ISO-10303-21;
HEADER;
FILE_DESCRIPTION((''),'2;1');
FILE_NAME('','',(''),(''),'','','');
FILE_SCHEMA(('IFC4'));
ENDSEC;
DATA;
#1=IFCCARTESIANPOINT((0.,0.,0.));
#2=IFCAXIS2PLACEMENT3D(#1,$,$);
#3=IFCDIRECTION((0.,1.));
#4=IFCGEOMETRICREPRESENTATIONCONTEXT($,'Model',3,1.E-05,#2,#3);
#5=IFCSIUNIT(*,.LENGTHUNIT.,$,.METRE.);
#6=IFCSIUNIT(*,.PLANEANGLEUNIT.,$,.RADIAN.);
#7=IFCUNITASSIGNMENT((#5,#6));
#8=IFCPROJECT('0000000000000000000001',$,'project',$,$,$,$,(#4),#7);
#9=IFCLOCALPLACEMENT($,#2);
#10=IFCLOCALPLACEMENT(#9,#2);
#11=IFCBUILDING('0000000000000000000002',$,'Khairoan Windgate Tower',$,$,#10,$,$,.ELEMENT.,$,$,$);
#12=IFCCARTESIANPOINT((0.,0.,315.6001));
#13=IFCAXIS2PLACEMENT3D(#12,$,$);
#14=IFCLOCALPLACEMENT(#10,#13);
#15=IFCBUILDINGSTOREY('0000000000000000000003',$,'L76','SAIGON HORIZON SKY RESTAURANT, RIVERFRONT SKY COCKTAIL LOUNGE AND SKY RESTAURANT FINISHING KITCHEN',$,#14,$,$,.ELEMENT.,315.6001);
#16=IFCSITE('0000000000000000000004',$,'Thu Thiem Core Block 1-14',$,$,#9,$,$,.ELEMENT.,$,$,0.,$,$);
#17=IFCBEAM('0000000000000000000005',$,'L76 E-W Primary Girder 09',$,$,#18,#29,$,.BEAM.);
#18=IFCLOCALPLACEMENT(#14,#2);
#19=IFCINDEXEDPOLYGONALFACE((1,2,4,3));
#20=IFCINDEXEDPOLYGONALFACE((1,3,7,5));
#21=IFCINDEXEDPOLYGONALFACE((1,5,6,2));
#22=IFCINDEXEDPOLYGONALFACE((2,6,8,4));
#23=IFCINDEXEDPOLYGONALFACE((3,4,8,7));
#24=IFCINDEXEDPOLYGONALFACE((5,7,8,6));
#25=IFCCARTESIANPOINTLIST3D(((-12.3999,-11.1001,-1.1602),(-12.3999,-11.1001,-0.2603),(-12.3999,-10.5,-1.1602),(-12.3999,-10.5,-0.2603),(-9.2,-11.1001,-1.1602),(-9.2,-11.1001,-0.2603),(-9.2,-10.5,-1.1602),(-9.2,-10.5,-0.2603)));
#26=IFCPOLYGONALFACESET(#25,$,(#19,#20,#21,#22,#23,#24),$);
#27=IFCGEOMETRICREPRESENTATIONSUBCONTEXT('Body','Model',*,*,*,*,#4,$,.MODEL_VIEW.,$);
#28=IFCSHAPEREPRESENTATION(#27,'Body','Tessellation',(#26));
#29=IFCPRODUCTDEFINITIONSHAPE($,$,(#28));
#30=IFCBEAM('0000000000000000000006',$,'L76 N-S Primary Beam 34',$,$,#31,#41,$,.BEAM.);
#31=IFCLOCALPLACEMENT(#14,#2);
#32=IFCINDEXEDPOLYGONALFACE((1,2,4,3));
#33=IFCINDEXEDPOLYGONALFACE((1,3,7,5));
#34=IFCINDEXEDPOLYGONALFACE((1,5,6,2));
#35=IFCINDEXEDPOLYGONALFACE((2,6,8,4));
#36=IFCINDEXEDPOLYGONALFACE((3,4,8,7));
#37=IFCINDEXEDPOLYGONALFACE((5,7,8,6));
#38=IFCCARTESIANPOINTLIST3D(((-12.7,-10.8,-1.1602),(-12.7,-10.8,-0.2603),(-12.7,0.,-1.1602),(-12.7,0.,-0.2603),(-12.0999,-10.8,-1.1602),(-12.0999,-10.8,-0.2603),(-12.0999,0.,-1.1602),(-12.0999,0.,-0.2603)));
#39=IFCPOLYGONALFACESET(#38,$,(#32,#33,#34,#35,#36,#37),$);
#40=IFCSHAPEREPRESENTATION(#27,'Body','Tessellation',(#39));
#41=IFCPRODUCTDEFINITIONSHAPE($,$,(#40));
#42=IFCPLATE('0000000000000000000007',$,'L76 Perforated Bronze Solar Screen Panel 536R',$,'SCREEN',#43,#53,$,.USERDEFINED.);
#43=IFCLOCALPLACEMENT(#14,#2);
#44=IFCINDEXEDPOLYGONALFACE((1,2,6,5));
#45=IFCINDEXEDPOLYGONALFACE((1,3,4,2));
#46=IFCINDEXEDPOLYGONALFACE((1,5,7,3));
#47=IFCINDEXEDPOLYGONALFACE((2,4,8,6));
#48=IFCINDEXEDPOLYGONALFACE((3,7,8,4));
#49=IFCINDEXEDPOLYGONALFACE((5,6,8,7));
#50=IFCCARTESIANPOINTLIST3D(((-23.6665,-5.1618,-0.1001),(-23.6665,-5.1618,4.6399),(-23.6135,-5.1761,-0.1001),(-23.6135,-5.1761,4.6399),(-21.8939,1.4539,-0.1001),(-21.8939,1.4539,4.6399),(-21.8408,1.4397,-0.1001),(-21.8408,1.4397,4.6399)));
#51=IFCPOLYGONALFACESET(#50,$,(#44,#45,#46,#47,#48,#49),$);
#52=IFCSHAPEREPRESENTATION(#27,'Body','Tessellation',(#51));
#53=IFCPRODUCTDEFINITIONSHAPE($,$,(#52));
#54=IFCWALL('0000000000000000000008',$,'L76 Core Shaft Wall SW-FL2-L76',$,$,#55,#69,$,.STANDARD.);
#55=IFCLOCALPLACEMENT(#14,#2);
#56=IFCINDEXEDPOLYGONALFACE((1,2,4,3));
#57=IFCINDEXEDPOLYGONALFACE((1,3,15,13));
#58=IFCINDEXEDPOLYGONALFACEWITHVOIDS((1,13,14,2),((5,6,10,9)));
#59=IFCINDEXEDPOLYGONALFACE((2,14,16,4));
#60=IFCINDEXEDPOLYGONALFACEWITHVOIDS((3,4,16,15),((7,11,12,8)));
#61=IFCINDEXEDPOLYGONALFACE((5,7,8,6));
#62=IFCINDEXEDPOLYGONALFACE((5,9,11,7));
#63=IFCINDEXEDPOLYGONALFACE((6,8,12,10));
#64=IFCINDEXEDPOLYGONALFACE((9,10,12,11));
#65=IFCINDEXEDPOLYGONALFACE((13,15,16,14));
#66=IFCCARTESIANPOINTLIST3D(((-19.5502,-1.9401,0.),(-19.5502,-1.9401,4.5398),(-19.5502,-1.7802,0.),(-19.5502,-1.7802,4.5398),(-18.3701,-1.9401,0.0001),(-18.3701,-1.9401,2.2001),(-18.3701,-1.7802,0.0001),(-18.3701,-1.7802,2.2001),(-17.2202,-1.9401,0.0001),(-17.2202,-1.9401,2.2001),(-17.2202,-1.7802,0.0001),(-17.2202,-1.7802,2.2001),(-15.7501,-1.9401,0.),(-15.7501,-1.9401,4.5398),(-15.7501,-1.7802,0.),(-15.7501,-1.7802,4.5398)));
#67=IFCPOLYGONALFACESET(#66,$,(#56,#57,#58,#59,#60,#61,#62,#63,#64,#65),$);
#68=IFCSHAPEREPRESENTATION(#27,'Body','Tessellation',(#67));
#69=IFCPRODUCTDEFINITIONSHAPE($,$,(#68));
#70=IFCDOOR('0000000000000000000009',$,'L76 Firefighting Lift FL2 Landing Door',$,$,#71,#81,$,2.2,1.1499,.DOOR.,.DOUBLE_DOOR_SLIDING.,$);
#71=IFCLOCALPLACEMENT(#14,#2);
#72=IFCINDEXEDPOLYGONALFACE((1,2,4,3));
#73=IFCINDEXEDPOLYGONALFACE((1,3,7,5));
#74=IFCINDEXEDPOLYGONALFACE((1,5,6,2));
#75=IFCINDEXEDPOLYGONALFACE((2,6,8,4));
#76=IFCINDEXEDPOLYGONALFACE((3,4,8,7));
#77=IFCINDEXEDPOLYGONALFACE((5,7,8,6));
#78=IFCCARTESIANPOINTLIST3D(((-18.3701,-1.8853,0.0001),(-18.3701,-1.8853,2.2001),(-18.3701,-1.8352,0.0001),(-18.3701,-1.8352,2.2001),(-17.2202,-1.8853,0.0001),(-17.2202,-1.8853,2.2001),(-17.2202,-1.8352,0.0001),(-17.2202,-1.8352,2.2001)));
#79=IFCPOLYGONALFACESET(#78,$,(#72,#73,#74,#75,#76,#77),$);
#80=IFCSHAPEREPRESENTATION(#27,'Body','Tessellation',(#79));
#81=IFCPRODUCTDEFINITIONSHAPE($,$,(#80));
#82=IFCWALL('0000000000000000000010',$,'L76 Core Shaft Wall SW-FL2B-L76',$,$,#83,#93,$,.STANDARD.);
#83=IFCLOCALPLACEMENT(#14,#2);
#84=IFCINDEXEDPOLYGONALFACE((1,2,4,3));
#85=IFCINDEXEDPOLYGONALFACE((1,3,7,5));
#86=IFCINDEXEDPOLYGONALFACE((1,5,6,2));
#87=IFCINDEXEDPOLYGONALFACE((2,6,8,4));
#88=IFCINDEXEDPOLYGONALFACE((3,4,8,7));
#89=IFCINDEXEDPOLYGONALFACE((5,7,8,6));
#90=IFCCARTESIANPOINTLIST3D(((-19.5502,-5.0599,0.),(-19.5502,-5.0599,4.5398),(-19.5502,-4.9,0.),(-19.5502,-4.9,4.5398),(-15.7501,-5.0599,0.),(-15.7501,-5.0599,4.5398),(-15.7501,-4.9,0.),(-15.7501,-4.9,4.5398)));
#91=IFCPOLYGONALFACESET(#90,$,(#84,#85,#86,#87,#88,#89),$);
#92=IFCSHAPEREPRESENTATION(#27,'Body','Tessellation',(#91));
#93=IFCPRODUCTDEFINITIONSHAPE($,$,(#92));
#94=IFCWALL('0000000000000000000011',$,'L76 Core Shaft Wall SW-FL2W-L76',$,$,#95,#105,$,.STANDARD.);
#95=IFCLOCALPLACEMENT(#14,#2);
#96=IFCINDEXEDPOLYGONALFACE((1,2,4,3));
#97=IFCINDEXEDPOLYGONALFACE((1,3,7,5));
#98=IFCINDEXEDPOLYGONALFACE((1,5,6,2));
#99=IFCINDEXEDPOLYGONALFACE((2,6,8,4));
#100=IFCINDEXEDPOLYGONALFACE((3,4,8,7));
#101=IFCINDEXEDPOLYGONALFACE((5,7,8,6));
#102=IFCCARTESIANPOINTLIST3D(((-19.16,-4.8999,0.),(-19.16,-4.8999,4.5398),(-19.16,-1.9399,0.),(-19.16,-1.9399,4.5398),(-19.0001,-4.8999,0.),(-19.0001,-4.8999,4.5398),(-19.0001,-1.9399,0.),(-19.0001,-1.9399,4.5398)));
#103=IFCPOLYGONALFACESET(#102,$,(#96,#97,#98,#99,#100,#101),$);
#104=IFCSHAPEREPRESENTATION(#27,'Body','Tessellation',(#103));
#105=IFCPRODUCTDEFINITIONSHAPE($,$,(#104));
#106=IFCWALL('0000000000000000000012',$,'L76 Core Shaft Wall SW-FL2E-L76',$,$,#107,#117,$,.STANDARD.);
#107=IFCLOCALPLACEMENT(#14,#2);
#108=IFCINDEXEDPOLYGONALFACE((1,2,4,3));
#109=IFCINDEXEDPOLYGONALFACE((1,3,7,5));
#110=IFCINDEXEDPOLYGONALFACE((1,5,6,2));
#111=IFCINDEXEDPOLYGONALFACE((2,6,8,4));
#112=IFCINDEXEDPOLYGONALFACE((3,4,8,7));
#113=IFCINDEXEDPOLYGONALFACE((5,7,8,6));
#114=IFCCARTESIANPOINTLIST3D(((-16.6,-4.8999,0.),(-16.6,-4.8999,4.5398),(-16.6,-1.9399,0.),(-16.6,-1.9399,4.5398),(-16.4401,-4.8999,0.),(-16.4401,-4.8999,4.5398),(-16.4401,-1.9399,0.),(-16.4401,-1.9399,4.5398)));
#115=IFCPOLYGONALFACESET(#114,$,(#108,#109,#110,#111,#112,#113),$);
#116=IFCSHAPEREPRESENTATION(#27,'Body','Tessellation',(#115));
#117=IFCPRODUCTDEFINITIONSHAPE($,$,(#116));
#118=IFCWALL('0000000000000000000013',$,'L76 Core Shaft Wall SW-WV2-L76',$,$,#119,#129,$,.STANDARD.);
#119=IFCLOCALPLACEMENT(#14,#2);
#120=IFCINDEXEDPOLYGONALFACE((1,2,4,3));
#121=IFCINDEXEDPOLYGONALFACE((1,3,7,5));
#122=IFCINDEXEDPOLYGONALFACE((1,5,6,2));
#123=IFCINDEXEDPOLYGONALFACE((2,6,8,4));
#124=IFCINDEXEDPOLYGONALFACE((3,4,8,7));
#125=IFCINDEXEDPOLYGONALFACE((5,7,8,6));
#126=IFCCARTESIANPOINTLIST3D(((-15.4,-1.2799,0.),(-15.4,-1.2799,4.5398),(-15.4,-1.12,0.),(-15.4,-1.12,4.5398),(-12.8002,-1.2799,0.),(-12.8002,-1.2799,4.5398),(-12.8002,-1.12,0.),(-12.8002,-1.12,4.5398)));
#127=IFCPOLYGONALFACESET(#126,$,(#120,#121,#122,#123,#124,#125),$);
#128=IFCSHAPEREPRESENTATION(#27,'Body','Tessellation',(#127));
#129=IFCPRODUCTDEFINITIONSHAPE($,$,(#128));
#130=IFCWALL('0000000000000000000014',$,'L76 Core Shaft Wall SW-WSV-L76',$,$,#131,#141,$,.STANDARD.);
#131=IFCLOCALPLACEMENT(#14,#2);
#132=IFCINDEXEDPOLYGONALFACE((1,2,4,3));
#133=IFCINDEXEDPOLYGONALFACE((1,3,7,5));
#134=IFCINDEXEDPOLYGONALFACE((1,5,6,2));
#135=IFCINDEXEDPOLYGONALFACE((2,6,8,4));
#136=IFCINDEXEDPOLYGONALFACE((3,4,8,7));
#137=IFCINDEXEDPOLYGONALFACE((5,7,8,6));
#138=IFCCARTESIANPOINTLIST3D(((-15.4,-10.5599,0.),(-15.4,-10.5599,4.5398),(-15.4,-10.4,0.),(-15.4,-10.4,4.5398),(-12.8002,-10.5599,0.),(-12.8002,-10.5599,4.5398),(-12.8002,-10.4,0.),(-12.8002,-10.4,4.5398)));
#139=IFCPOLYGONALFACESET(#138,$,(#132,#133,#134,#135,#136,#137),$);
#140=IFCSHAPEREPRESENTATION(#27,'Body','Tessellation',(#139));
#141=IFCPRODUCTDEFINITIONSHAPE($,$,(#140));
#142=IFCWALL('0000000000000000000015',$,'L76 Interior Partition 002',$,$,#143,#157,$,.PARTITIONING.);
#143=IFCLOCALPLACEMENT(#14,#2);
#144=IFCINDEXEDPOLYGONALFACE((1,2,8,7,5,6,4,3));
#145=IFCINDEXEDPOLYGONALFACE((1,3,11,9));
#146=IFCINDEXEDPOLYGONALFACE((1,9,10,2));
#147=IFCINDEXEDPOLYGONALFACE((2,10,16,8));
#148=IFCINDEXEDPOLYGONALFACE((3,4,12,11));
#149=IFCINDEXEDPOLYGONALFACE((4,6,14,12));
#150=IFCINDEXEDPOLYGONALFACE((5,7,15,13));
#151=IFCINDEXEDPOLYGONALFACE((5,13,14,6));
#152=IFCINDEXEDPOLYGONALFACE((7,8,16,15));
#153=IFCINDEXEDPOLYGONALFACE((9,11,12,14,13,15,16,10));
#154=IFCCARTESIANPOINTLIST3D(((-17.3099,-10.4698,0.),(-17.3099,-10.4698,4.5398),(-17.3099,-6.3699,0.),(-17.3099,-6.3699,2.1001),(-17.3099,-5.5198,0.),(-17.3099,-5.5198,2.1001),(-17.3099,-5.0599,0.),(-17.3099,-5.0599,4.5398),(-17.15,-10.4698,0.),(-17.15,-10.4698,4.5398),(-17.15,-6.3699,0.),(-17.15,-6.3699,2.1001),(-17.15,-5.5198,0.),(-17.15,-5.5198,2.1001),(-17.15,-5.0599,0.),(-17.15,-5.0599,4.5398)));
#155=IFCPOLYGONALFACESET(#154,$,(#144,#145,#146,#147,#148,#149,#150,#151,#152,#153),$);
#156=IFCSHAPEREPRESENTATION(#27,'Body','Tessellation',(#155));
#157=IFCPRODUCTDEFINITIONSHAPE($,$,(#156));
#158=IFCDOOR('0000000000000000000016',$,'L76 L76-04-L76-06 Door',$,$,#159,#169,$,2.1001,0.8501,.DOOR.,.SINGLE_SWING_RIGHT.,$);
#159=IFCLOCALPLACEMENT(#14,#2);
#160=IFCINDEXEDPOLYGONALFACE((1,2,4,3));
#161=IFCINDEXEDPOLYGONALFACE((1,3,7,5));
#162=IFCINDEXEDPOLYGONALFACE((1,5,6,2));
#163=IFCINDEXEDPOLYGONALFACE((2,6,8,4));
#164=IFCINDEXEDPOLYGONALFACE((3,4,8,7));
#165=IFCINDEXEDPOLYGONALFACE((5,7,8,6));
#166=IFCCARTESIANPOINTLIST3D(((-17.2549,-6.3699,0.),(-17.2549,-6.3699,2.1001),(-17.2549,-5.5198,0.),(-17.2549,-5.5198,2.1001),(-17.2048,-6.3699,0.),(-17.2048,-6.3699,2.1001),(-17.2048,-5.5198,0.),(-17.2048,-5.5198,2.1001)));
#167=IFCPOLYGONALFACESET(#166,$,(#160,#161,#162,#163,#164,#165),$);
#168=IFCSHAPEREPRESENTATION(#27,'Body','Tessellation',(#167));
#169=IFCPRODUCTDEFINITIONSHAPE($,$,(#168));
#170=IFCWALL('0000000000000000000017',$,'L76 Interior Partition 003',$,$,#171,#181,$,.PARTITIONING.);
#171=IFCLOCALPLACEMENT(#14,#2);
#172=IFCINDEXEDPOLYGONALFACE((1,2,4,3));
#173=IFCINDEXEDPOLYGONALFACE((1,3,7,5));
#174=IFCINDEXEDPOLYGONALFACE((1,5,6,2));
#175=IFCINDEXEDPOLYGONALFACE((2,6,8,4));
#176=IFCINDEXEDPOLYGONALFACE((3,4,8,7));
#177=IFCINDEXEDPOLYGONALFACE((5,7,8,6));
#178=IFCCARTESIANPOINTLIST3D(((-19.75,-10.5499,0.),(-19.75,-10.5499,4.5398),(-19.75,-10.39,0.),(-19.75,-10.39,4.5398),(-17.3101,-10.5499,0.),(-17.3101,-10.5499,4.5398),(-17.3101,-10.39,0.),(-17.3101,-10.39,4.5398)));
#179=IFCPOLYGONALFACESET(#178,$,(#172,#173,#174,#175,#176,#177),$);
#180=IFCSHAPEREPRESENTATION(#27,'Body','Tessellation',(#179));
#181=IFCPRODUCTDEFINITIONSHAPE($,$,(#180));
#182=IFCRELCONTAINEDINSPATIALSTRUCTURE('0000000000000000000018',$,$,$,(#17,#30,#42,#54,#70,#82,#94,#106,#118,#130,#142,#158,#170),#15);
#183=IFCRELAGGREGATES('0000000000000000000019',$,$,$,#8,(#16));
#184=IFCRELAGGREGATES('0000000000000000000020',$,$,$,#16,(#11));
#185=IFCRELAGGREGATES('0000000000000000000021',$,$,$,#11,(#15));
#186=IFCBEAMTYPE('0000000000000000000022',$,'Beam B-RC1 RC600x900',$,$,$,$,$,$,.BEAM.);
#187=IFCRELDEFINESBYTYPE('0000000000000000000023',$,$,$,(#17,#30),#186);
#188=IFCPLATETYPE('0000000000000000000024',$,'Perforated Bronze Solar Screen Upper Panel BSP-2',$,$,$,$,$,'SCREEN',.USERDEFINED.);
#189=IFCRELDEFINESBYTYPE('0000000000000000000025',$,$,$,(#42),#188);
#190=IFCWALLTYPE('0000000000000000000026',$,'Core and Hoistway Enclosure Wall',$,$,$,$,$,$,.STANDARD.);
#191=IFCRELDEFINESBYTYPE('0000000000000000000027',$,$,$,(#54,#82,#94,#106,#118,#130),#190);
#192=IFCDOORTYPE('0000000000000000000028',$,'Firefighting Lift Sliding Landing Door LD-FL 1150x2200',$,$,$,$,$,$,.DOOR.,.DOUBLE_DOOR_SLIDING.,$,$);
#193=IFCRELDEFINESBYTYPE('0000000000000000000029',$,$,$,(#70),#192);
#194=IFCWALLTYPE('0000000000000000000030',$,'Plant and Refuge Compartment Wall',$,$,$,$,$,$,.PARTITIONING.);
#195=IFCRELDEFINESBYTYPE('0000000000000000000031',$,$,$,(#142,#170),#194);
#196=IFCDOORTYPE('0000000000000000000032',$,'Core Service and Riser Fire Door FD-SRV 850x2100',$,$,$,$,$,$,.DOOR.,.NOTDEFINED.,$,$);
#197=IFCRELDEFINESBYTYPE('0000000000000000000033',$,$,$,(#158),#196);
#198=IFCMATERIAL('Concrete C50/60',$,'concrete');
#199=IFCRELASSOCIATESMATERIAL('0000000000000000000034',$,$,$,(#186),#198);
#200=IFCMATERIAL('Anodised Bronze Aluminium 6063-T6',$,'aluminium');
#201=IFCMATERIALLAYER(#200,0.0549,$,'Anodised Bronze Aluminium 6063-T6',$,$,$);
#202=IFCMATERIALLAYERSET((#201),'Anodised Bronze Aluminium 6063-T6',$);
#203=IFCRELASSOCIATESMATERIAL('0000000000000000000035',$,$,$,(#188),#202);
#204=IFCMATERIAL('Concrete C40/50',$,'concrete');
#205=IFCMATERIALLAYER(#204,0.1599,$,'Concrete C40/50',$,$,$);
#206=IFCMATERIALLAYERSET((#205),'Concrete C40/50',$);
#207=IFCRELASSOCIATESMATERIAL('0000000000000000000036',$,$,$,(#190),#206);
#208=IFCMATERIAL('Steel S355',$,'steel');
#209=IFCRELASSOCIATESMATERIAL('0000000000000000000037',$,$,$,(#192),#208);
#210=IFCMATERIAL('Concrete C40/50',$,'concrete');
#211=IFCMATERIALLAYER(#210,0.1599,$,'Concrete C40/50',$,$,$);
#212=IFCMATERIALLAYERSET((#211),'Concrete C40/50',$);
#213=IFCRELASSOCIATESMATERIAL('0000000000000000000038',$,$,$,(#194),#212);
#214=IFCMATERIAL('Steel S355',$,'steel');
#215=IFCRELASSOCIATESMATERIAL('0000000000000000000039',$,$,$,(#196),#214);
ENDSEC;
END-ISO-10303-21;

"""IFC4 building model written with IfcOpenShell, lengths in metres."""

from ifc_helpers import new_model, si_unit, direction, frame, frame_2d, origin, origin_2d, place, context, subcontext, project, spatial, rectangle, extrude, material, layer, layer_set, material_profile, profile_set, type_object, element, fill, save


model = new_model("IFC4")

# Units and contexts
model_context = context("Model", 3, precision=1e-05, world=origin(), true_north=direction((0.0, 1.0)))
body_context = subcontext(model_context, "Body", "Model", "MODEL_VIEW")
ifc_project = project(units=[si_unit("LENGTHUNIT", "METRE"), si_unit("PLANEANGLEUNIT", "RADIAN")], contexts=[model_context])

# Site, building, storey
site_placement = place(None, origin())
site = spatial("IfcSite", under=ifc_project, at=site_placement, Name="Thu Thiem Core Block 1-14", CompositionType="ELEMENT", RefElevation=0.0)
building_placement = place(site_placement, origin())
building = spatial("IfcBuilding", under=site, at=building_placement, Name="Khairoan Windgate Tower", CompositionType="ELEMENT")
storey_placement = place(building_placement, frame((0.0, 0.0, 315.6001)))
storey = spatial("IfcBuildingStorey", under=building, at=storey_placement, Name="L76", Description="SAIGON HORIZON SKY RESTAURANT, RIVERFRONT SKY COCKTAIL LOUNGE AND SKY RESTAURANT FINISHING KITCHEN", CompositionType="ELEMENT", Elevation=315.6001)

# Beams
ifc_material_1 = material(Name="Concrete C50/60", Category="concrete")
ifc_material_profile = material_profile(ifc_material_1, rectangle(XDim=0.6001, YDim=0.8999, at=origin_2d()))
ifc_profile_set = profile_set([ifc_material_profile], Name="Concrete C50/60")
beam_type = type_object("IfcBeamType", Name="Beam B-RC1 RC600x900", PredefinedType="BEAM", material=ifc_profile_set)
beam_1_placement = place(storey_placement, frame((-12.3999, -10.8, -0.7102), z_axis=(1.0, 0.0, 0.0), x_axis=(0.0, 1.0, 0.0)))
element("IfcBeam", 1, at=beam_1_placement, inside=storey, type_object=beam_type, Name="L76 E-W Primary Girder 09", PredefinedType="BEAM", context=body_context, shape_type="SweptSolid", body=[
    extrude(rectangle(XDim=0.6001, YDim=0.8999, at=origin_2d()), origin(), (0.0, 0.0, 1.0), 3.2),
])
beam_2_placement = place(storey_placement, frame((-12.3999, -10.8, -0.7102), z_axis=(0.0, 1.0, 0.0), x_axis=(-1.0, 0.0, 0.0)))
element("IfcBeam", 2, at=beam_2_placement, inside=storey, type_object=beam_type, Name="L76 N-S Primary Beam 34", PredefinedType="BEAM", context=body_context, shape_type="SweptSolid", body=[
    extrude(rectangle(XDim=0.6001, YDim=0.8999, at=origin_2d()), origin(), (0.0, 0.0, 1.0), 10.8),
])

# Plate
ifc_material_2 = material(Name="Anodised Bronze Aluminium 6063-T6", Category="aluminium")
ifc_layer_1 = layer(ifc_material_2, 0.0549, Name="Anodised Bronze Aluminium 6063-T6")
ifc_layer_set_1 = layer_set([ifc_layer_1], Name="Anodised Bronze Aluminium 6063-T6")
plate_type = type_object("IfcPlateType", Name="Perforated Bronze Solar Screen Upper Panel BSP-2", ElementType="SCREEN", PredefinedType="USERDEFINED", material=ifc_layer_set_1)
plate_placement = place(storey_placement, frame((-22.7537, -1.8611, -0.1001), z_axis=(0.0, 0.0, 1.0), x_axis=(0.258819, 0.965926, 0.0)))
element("IfcPlate", 3, at=plate_placement, inside=storey, type_object=plate_type, Name="L76 Perforated Bronze Solar Screen Panel 536R", ObjectType="SCREEN", PredefinedType="USERDEFINED", context=body_context, shape_type="SweptSolid", body=[
    extrude(rectangle(XDim=6.8491, YDim=0.0549, at=origin_2d()), origin(), (0.0, 0.0, 1.0), 4.74),
])

# Wall, opening, door
ifc_material_3 = material(Name="Concrete C40/50", Category="concrete")
ifc_layer_2 = layer(ifc_material_3, 0.1599, Name="Concrete C40/50")
ifc_layer_set_2 = layer_set([ifc_layer_2], Name="Concrete C40/50")
wall_type_1 = type_object("IfcWallType", Name="Core and Hoistway Enclosure Wall", PredefinedType="STANDARD", material=ifc_layer_set_2)
wall_1_placement = place(storey_placement, frame((-19.55, -1.8601, 0.0), z_axis=(0.0, 0.0, 1.0), x_axis=(1.0, 0.0, 0.0)))
wall_1 = element("IfcWall", 4, at=wall_1_placement, inside=storey, type_object=wall_type_1, Name="L76 Core Shaft Wall SW-FL2-L76", PredefinedType="STANDARD", context=body_context, shape_type="SweptSolid", body=[
    extrude(rectangle(XDim=3.8, YDim=0.1599, at=frame_2d((1.8999, 0.0))), origin(), (0.0, 0.0, 1.0), 4.5398),
])
opening_1_placement = place(wall_1_placement, frame((1.1799, 0.0, 0.0)))
opening_1 = element("IfcOpeningElement", 5, at=opening_1_placement, cuts=wall_1, PredefinedType="OPENING", context=body_context, shape_type="SweptSolid", body=[
    extrude(rectangle(XDim=1.1499, YDim=2.2, at=frame_2d((0.575, 1.1001))), frame((0.0, 0.0898, 0.0), z_axis=(0.0, -1.0, 0.0), x_axis=(1.0, 0.0, 0.0)), (0.0, 0.0, 1.0), 0.1799),
])
ifc_material_4 = material(Name="Steel S355", Category="steel")
door_type_1 = type_object("IfcDoorType", Name="Firefighting Lift Sliding Landing Door LD-FL 1150x2200", OperationType="DOUBLE_DOOR_SLIDING", PredefinedType="DOOR", material=ifc_material_4)
door_1_placement = place(opening_1_placement, origin())
door_1 = element("IfcDoor", 6, at=door_1_placement, inside=storey, type_object=door_type_1, Name="L76 Firefighting Lift FL2 Landing Door", OperationType="DOUBLE_DOOR_SLIDING", OverallHeight=2.2, OverallWidth=1.1499, PredefinedType="DOOR", context=body_context, shape_type="SweptSolid", body=[
    extrude(rectangle(XDim=1.1499, YDim=2.2, at=frame_2d((0.575, 1.1001))), frame((0.0, 0.0249, 0.0), z_axis=(0.0, -1.0, 0.0), x_axis=(1.0, 0.0, 0.0)), (0.0, 0.0, 1.0), 0.05),
])
fill(opening_1, door_1)

# Walls
wall_2_placement = place(storey_placement, frame((-19.55, -4.98, 0.0), z_axis=(0.0, 0.0, 1.0), x_axis=(1.0, 0.0, 0.0)))
element("IfcWall", 7, at=wall_2_placement, inside=storey, type_object=wall_type_1, Name="L76 Core Shaft Wall SW-FL2B-L76", PredefinedType="STANDARD", context=body_context, shape_type="SweptSolid", body=[
    extrude(rectangle(XDim=3.8, YDim=0.1599, at=frame_2d((1.8999, 0.0))), origin(), (0.0, 0.0, 1.0), 4.5398),
])
for number, where, z_axis, x_axis, name in (
    (8, (-19.0801, -4.8999, 0.0), (0.0, 0.0, 1.0), (0.0, 1.0, 0.0), "L76 Core Shaft Wall SW-FL2W-L76"),
    (9, (-16.52, -4.8999, 0.0), (0.0, 0.0, 1.0), (0.0, 1.0, 0.0), "L76 Core Shaft Wall SW-FL2E-L76"),
):
    element("IfcWall", number, at=place(storey_placement, frame(where, z_axis=z_axis, x_axis=x_axis)), inside=storey, type_object=wall_type_1, Name=name, PredefinedType="STANDARD", context=body_context, shape_type="SweptSolid", body=[
        extrude(rectangle(XDim=2.96, YDim=0.1599, at=frame_2d((1.48, 0.0))), origin(), (0.0, 0.0, 1.0), 4.5398),
    ])
for number, where, z_axis, x_axis, name in (
    (10, (-15.3999, -1.2, 0.0), (0.0, 0.0, 1.0), (1.0, 0.0, 0.0), "L76 Core Shaft Wall SW-WV2-L76"),
    (11, (-15.3999, -10.48, 0.0), (0.0, 0.0, 1.0), (1.0, 0.0, 0.0), "L76 Core Shaft Wall SW-WSV-L76"),
):
    element("IfcWall", number, at=place(storey_placement, frame(where, z_axis=z_axis, x_axis=x_axis)), inside=storey, type_object=wall_type_1, Name=name, PredefinedType="STANDARD", context=body_context, shape_type="SweptSolid", body=[
        extrude(rectangle(XDim=2.5999, YDim=0.1599, at=frame_2d((1.2998, 0.0))), origin(), (0.0, 0.0, 1.0), 4.5398),
    ])

# Wall, opening, door
ifc_material_5 = material(Name="Concrete C40/50", Category="concrete")
ifc_layer_3 = layer(ifc_material_5, 0.1599, Name="Concrete C40/50")
ifc_layer_set_3 = layer_set([ifc_layer_3], Name="Concrete C40/50")
wall_type_2 = type_object("IfcWallType", Name="Plant and Refuge Compartment Wall", PredefinedType="PARTITIONING", material=ifc_layer_set_3)
wall_3_placement = place(storey_placement, frame((-17.23, -10.47, 0.0), z_axis=(0.0, 0.0, 1.0), x_axis=(0.0, 1.0, 0.0)))
wall_3 = element("IfcWall", 12, at=wall_3_placement, inside=storey, type_object=wall_type_2, Name="L76 Interior Partition 002", PredefinedType="PARTITIONING", context=body_context, shape_type="SweptSolid", body=[
    extrude(rectangle(XDim=5.4099, YDim=0.1599, at=frame_2d((2.7051, 0.0))), origin(), (0.0, 0.0, 1.0), 4.5398),
])
opening_2_placement = place(wall_3_placement, frame((4.1001, 0.0, 0.0)))
opening_2 = element("IfcOpeningElement", 13, at=opening_2_placement, cuts=wall_3, PredefinedType="OPENING", context=body_context, shape_type="SweptSolid", body=[
    extrude(rectangle(XDim=0.8501, YDim=2.1001, at=frame_2d((0.425, 1.05))), frame((0.0, 0.0898, 0.0), z_axis=(0.0, -1.0, 0.0), x_axis=(1.0, 0.0, 0.0)), (0.0, 0.0, 1.0), 0.1799),
])
ifc_material_6 = material(Name="Steel S355", Category="steel")
door_type_2 = type_object("IfcDoorType", Name="Core Service and Riser Fire Door FD-SRV 850x2100", OperationType="NOTDEFINED", PredefinedType="DOOR", material=ifc_material_6)
door_2_placement = place(opening_2_placement, origin())
door_2 = element("IfcDoor", 14, at=door_2_placement, inside=storey, type_object=door_type_2, Name="L76 L76-04-L76-06 Door", OperationType="SINGLE_SWING_RIGHT", OverallHeight=2.1001, OverallWidth=0.8501, PredefinedType="DOOR", context=body_context, shape_type="SweptSolid", body=[
    extrude(rectangle(XDim=0.8501, YDim=2.1001, at=frame_2d((0.425, 1.05))), frame((0.0, 0.0249, 0.0), z_axis=(0.0, -1.0, 0.0), x_axis=(1.0, 0.0, 0.0)), (0.0, 0.0, 1.0), 0.05),
])
fill(opening_2, door_2)

# Wall
wall_4_placement = place(storey_placement, frame((-19.75, -10.47, 0.0), z_axis=(0.0, 0.0, 1.0), x_axis=(1.0, 0.0, 0.0)))
element("IfcWall", 15, at=wall_4_placement, inside=storey, type_object=wall_type_2, Name="L76 Interior Partition 003", PredefinedType="PARTITIONING", context=body_context, shape_type="SweptSolid", body=[
    extrude(rectangle(XDim=2.4399, YDim=0.1599, at=frame_2d((1.22, 0.0))), origin(), (0.0, 0.0, 1.0), 4.5398),
])

save(model, "model.ifc")
